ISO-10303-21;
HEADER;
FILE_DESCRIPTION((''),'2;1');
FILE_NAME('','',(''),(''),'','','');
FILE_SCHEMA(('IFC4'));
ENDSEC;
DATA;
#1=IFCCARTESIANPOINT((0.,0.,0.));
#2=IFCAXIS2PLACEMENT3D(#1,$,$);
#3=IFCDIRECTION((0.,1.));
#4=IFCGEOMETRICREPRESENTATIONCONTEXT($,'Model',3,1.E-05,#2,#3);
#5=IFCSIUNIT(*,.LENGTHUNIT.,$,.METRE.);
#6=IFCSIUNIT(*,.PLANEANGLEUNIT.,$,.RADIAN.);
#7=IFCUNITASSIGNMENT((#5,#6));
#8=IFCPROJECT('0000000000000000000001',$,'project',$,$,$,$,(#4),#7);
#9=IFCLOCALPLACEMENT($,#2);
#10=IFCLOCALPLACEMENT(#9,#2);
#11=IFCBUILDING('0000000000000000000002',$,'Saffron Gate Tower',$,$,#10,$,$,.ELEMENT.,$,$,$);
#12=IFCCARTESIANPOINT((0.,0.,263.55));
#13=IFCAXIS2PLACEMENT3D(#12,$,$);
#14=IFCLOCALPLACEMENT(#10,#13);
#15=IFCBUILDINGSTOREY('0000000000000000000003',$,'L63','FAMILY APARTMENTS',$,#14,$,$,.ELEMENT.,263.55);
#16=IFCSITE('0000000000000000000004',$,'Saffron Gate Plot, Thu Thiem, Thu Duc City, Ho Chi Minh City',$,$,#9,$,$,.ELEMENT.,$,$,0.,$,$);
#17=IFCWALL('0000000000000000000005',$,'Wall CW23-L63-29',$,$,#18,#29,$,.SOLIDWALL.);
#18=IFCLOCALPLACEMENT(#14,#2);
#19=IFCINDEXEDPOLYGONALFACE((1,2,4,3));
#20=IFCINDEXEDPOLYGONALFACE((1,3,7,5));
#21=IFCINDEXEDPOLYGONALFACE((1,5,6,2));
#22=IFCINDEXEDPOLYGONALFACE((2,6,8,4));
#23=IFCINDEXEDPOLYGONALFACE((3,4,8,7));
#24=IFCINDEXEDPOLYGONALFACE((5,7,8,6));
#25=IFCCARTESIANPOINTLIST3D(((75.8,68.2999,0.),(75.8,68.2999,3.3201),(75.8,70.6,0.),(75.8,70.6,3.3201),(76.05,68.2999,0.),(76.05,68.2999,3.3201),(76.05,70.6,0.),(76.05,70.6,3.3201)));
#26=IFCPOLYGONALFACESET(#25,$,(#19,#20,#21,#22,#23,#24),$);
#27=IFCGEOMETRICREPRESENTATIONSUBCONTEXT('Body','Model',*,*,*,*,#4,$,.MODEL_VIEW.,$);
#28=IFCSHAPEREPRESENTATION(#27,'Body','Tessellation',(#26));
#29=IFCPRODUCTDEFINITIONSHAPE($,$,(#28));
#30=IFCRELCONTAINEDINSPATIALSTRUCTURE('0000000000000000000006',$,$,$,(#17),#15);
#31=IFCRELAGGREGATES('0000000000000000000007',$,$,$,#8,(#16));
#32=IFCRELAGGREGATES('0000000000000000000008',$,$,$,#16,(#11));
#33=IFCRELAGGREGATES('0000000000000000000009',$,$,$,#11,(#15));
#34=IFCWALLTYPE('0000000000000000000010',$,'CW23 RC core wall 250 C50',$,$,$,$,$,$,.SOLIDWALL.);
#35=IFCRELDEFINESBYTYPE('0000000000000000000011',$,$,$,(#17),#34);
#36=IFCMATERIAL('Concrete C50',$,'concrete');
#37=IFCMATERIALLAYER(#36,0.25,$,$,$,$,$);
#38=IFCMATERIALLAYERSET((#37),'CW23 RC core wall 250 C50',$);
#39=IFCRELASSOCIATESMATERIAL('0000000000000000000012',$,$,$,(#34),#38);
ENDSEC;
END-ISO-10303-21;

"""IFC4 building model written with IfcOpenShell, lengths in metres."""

from ifc_helpers import new_model, si_unit, direction, frame, frame_2d, origin, place, context, subcontext, project, spatial, rectangle, extrude, material, layer, layer_set, type_object, element, save


model = new_model("IFC4")

# Units and contexts
model_context = context("Model", 3, precision=1e-05, world=origin(), true_north=direction((0.0, 1.0)))
body_context = subcontext(model_context, "Body", "Model", "MODEL_VIEW")
ifc_project = project(units=[si_unit("LENGTHUNIT", "METRE"), si_unit("PLANEANGLEUNIT", "RADIAN")], contexts=[model_context])

# Site, building, storey
site_placement = place(None, origin())
site = spatial("IfcSite", under=ifc_project, at=site_placement, Name="Saffron Gate Plot, Thu Thiem, Thu Duc City, Ho Chi Minh City", CompositionType="ELEMENT", RefElevation=0.0)
building_placement = place(site_placement, origin())
building = spatial("IfcBuilding", under=site, at=building_placement, Name="Saffron Gate Tower", CompositionType="ELEMENT")
storey_placement = place(building_placement, frame((0.0, 0.0, 263.55)))
storey = spatial("IfcBuildingStorey", under=building, at=storey_placement, Name="L63", Description="FAMILY APARTMENTS", CompositionType="ELEMENT", Elevation=263.55)

# Wall
ifc_material_1 = material(Name="Concrete C50", Category="concrete")
ifc_layer_1 = layer(ifc_material_1, 0.25)
ifc_layer_set_1 = layer_set([ifc_layer_1], Name="CW23 RC core wall 250 C50")
wall_type_1 = type_object("IfcWallType", Name="CW23 RC core wall 250 C50", PredefinedType="SOLIDWALL", material=ifc_layer_set_1)
wall_1_placement = place(storey_placement, frame((75.925, 68.3, 0.0), z_axis=(0.0, 0.0, 1.0), x_axis=(0.0, 1.0, 0.0)))
element("IfcWall", 1, at=wall_1_placement, inside=storey, type_object=wall_type_1, Name="Wall CW23-L63-29", PredefinedType="SOLIDWALL", context=body_context, shape_type="SweptSolid", body=[
    extrude(rectangle(XDim=2.3, YDim=0.25, at=frame_2d((1.1499, 0.0))), origin(), (0.0, 0.0, 1.0), 3.3201),
])

save(model, "model.ifc")
